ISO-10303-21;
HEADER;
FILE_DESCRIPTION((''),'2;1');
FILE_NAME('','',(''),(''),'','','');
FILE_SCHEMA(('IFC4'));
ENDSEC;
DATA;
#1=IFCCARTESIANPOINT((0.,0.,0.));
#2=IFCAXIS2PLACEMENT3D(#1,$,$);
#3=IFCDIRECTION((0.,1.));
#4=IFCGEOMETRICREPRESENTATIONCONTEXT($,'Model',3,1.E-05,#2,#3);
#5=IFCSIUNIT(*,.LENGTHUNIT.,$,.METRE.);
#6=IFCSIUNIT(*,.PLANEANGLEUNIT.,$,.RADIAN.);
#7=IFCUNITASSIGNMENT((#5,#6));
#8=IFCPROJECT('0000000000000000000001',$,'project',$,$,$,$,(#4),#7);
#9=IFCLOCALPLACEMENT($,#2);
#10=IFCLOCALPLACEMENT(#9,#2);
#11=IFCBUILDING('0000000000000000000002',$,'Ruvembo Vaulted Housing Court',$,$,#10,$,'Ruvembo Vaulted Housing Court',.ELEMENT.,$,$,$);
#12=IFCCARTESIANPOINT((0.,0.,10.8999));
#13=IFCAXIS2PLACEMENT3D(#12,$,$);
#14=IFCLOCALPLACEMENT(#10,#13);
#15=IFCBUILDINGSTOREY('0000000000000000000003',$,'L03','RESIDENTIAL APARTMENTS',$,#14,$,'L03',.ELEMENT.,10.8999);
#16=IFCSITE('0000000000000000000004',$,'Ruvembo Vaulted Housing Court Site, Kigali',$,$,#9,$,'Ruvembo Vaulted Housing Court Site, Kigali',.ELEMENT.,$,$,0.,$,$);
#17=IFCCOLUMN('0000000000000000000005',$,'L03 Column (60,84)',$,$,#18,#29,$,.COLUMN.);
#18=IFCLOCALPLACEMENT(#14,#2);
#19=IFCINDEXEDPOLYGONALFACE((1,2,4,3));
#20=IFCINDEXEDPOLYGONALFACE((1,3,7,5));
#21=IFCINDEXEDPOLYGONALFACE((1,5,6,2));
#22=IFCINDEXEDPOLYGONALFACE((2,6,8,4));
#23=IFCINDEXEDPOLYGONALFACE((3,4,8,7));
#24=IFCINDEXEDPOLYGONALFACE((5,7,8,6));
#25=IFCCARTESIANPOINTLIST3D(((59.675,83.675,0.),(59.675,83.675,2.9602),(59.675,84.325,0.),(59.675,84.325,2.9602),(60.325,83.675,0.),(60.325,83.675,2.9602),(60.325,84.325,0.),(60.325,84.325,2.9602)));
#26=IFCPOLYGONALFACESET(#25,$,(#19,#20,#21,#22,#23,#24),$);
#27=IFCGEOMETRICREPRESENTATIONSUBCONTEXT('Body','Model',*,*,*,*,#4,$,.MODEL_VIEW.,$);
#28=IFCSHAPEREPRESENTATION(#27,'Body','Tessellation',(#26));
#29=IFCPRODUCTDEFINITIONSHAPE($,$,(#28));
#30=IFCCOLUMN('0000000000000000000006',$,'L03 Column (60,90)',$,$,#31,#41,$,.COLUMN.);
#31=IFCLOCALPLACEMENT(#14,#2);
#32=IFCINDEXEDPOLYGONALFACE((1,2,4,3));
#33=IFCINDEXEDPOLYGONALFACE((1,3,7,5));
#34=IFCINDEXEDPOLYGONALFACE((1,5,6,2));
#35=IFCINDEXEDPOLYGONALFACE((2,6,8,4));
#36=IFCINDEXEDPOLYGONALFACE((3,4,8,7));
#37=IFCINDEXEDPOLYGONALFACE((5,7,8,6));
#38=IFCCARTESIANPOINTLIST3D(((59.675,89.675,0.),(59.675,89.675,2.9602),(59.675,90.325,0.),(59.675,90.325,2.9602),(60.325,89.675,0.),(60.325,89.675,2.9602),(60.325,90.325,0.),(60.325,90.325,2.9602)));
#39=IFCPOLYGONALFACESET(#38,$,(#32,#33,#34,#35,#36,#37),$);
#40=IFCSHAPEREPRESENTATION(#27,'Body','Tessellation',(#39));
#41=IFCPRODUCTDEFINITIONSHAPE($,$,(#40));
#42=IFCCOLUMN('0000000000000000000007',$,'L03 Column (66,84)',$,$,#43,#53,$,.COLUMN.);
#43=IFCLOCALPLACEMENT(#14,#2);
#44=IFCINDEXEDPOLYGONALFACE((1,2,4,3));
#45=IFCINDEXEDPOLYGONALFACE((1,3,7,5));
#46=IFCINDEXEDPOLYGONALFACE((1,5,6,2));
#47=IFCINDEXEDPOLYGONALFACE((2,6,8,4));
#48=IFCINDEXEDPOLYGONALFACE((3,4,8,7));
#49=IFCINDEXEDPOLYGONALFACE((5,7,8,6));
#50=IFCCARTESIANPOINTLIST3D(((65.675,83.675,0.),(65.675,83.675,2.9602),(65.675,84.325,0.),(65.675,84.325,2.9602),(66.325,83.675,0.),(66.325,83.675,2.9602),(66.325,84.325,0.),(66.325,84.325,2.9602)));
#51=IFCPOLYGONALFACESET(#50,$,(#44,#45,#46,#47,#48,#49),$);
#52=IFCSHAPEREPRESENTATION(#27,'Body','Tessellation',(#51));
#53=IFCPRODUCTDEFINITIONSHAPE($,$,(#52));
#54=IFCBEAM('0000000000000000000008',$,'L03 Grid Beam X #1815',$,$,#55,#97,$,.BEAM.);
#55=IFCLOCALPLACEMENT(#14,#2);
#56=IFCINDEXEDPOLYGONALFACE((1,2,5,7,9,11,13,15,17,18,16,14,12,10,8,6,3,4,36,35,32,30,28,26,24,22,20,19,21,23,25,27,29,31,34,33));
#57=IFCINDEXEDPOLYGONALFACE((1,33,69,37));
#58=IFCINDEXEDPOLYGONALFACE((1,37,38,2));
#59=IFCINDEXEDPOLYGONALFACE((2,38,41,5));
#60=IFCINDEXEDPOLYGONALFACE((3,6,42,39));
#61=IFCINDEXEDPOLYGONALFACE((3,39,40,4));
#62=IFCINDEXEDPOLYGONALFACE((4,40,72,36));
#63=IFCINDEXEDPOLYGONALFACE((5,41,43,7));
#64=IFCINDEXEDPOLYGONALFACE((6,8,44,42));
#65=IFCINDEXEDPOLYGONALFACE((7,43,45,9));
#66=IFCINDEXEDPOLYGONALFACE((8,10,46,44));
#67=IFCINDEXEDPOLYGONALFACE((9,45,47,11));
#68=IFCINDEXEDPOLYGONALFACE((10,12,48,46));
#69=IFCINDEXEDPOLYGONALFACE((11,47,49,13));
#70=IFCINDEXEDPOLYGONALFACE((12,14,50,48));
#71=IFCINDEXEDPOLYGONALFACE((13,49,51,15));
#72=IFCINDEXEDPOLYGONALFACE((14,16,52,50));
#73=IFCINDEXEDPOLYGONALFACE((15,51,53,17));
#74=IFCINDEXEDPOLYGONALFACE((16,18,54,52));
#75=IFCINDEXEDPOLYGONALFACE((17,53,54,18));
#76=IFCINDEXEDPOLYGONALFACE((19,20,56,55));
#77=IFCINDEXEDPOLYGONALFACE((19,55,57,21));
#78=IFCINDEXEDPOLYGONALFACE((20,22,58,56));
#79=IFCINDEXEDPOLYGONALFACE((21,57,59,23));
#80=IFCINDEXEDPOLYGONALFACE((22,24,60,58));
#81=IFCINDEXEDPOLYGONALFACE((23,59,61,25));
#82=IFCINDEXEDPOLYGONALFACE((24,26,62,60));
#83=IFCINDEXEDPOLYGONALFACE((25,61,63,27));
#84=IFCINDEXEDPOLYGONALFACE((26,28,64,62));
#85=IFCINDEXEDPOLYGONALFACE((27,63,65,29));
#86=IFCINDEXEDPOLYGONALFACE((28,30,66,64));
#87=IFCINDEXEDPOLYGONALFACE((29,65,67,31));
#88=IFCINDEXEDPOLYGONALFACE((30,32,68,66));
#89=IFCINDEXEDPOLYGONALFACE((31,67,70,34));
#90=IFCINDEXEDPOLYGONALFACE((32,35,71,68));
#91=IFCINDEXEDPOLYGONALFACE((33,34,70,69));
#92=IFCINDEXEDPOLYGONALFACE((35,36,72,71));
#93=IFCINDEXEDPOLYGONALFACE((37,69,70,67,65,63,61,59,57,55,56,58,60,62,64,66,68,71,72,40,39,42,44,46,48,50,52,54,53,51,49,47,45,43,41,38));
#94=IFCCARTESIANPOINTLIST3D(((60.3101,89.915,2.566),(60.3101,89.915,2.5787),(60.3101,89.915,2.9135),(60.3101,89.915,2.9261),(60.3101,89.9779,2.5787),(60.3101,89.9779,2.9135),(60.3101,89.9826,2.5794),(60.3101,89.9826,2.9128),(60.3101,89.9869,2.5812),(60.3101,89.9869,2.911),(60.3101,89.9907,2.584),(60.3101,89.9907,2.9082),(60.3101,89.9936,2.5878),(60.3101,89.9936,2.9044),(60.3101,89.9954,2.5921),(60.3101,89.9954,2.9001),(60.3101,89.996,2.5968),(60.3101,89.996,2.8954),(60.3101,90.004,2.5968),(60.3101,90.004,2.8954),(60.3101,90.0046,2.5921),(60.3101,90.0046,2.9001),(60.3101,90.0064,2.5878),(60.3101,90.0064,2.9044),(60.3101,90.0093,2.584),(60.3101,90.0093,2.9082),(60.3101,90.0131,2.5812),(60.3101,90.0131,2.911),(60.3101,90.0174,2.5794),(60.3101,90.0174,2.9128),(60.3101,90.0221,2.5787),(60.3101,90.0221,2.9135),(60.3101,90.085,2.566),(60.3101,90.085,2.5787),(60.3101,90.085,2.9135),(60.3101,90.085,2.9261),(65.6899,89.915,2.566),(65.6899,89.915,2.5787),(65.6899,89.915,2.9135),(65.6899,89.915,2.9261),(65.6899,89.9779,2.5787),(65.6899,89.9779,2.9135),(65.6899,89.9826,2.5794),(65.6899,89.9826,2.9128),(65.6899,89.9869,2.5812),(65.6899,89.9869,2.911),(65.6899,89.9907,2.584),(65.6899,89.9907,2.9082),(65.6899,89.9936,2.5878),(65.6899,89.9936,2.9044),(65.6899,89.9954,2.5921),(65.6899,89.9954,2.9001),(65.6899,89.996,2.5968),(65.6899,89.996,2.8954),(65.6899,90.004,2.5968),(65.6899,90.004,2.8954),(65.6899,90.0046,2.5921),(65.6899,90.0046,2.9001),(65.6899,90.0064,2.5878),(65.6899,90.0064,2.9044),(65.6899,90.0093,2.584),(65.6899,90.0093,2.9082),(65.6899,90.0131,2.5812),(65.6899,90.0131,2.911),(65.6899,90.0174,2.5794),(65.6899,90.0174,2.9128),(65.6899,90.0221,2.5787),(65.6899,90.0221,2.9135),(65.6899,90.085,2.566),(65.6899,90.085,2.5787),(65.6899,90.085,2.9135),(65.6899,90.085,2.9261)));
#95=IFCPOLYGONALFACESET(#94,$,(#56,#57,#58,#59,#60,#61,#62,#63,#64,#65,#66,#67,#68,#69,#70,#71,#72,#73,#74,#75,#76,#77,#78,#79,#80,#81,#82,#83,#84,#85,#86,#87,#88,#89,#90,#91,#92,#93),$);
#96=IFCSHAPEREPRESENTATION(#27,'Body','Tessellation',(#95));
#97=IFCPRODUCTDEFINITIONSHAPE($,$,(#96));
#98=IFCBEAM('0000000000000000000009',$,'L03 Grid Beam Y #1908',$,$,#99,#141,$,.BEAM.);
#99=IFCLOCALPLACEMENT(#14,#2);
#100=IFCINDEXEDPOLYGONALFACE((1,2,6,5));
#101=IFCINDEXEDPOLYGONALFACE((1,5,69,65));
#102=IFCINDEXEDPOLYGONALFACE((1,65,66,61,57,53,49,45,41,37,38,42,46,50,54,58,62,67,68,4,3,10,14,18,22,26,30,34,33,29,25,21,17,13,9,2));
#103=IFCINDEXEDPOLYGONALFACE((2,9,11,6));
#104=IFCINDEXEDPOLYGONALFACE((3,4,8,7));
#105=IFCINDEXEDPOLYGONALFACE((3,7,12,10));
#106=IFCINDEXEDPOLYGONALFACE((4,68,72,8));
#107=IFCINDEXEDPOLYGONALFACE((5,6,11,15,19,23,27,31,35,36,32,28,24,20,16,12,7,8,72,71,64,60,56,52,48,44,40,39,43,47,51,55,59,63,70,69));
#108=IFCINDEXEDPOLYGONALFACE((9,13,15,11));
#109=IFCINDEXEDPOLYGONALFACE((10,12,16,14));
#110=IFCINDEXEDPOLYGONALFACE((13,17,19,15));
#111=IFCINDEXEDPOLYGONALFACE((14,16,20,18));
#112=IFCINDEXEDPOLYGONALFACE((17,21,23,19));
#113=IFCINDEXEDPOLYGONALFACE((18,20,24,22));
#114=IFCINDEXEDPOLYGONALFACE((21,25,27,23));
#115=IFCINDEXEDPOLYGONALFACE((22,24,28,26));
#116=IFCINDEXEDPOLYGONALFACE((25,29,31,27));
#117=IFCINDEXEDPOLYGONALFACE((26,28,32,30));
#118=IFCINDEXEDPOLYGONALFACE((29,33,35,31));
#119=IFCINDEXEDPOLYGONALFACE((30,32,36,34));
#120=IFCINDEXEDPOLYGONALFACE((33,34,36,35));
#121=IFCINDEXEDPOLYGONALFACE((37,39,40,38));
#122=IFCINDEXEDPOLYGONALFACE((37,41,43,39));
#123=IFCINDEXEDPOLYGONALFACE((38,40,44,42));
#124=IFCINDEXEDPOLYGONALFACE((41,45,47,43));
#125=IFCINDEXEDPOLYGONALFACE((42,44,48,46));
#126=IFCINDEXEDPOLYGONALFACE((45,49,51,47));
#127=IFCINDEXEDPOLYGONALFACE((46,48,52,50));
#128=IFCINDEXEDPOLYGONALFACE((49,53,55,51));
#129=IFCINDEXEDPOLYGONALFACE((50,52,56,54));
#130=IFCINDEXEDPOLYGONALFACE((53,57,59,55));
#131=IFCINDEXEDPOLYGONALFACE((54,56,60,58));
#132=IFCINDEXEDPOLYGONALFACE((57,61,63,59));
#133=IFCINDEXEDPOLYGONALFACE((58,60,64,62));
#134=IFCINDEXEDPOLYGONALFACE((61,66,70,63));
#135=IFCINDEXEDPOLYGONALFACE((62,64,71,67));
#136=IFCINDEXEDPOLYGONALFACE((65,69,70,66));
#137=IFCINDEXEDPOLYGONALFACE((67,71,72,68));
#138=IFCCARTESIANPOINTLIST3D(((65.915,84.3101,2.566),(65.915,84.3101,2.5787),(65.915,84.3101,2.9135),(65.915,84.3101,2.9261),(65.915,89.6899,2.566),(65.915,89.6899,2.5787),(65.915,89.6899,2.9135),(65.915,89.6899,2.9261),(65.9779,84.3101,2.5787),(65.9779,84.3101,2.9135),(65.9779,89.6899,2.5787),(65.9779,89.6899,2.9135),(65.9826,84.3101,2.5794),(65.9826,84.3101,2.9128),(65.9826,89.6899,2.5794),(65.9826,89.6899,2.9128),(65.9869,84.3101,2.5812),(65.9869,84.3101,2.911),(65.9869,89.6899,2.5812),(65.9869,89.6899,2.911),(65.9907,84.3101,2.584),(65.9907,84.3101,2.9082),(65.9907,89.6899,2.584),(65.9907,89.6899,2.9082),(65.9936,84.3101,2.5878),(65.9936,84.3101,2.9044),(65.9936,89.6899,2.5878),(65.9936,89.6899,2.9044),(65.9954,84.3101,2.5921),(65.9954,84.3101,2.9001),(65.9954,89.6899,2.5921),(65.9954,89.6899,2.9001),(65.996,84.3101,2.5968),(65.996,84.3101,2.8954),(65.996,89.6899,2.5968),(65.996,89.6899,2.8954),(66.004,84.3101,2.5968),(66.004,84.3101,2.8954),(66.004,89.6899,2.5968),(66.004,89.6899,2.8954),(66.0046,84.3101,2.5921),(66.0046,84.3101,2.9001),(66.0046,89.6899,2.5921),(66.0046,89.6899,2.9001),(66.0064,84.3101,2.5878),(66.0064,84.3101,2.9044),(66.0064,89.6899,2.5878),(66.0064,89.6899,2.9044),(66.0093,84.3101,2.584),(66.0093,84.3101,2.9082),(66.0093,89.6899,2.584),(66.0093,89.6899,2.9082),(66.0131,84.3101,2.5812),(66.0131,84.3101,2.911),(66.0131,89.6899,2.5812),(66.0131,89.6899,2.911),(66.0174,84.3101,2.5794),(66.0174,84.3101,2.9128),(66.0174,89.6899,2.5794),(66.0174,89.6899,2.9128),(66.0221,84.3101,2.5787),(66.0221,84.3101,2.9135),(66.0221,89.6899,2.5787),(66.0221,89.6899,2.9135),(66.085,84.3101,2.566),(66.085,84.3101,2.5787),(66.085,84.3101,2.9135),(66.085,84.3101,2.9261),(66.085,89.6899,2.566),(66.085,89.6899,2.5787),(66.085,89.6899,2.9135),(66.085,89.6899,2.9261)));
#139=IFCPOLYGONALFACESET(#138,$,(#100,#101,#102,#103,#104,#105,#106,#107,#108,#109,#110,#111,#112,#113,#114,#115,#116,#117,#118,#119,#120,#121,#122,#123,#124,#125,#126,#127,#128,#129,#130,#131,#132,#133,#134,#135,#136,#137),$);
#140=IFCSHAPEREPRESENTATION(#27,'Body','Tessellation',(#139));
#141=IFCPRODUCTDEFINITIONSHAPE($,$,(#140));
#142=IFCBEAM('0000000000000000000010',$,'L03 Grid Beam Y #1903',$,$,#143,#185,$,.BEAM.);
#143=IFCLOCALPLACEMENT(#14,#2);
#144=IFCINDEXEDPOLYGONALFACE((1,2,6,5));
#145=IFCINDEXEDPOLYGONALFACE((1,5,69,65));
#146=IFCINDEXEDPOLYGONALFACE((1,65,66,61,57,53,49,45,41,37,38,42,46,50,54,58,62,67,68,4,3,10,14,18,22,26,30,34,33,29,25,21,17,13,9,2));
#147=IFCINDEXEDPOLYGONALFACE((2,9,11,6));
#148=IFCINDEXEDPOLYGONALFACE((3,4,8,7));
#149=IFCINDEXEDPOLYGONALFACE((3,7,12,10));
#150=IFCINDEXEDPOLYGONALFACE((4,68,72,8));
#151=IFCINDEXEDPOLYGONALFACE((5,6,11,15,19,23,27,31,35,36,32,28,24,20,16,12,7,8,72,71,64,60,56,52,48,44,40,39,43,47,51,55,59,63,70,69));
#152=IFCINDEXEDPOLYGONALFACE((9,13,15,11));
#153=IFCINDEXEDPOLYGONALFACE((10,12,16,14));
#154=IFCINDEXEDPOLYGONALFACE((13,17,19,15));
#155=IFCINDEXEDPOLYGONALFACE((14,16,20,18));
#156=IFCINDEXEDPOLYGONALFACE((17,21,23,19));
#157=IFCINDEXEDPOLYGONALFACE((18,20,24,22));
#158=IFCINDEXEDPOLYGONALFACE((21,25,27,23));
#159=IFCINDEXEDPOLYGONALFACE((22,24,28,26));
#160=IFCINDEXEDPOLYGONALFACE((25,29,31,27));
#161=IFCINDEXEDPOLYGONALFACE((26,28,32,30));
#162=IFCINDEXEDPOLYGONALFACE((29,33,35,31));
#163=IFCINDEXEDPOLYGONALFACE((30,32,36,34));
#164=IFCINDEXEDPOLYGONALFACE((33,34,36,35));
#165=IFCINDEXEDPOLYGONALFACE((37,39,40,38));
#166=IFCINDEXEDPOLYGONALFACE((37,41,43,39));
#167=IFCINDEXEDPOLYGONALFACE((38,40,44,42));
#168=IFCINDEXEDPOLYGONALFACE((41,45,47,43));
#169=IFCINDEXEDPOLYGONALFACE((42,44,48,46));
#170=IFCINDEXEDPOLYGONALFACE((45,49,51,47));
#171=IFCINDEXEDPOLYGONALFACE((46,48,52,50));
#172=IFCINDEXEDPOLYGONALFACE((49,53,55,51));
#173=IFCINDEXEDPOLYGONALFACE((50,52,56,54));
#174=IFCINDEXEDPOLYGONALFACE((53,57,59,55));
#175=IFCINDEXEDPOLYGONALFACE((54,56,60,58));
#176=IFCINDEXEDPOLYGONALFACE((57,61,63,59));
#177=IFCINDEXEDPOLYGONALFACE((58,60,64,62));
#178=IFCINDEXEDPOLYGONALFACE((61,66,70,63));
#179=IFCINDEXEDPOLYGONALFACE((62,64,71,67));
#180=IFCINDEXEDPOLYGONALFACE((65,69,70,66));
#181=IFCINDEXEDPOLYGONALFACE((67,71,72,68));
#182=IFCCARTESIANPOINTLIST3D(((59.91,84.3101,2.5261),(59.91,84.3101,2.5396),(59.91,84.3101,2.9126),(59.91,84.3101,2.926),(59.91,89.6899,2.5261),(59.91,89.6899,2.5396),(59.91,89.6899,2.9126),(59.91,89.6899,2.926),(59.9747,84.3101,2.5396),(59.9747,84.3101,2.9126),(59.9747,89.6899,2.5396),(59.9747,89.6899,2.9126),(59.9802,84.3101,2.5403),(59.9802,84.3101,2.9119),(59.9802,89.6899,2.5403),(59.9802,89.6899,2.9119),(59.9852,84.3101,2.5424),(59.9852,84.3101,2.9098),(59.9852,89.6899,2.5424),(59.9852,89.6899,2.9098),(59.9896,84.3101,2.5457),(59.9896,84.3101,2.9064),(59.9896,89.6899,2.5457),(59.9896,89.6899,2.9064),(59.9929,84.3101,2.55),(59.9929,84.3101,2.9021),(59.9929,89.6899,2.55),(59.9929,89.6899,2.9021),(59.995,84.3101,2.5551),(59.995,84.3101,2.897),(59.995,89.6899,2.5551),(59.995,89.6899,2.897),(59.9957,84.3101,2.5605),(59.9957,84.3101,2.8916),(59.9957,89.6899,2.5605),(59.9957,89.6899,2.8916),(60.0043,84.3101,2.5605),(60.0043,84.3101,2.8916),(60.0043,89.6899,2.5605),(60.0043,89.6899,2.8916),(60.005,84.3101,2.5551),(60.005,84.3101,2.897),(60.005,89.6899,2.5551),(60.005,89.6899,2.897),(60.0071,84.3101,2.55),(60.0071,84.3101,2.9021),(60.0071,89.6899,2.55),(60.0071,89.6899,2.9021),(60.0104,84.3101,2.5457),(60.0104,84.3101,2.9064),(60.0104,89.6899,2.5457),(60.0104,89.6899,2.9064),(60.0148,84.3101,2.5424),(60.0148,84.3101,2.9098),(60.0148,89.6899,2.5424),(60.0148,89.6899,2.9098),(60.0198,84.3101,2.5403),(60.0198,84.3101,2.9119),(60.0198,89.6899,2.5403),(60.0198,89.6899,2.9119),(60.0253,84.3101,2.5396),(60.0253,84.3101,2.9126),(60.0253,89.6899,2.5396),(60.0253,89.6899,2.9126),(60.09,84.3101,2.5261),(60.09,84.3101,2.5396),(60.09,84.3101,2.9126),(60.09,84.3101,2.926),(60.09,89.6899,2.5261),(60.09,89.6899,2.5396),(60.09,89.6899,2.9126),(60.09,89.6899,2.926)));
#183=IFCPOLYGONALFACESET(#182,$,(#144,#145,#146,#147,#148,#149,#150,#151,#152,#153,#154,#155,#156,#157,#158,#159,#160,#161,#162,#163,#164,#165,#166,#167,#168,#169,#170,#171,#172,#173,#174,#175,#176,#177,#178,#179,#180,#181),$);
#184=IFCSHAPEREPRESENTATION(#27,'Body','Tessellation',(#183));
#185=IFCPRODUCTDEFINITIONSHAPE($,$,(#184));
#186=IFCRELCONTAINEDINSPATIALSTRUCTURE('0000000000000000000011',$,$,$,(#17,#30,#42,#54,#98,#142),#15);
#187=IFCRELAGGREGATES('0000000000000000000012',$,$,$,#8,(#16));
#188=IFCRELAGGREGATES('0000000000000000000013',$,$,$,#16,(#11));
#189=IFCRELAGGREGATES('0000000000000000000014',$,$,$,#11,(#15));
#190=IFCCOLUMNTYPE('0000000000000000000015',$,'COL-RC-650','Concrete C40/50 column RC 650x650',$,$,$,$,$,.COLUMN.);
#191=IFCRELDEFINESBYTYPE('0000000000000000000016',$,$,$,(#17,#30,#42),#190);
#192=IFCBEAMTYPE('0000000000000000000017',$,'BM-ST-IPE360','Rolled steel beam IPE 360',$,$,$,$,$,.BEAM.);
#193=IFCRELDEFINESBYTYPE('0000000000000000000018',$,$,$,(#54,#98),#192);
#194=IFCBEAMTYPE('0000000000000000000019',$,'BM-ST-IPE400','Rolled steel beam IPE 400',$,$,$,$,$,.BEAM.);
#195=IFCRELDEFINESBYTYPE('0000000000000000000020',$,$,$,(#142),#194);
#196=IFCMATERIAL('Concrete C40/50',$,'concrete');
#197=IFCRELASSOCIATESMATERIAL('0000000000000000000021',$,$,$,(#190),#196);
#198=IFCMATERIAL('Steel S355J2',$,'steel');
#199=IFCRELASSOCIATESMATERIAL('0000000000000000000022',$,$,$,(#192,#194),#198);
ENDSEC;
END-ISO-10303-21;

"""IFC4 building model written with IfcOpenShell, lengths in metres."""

from ifc_helpers import new_model, si_unit, direction, frame, origin, origin_2d, place, context, subcontext, project, spatial, rectangle, i_section, extrude, material, material_profile, profile_set, type_object, element, save


model = new_model("IFC4")

# Units and contexts
model_context = context("Model", 3, precision=1e-05, world=origin(), true_north=direction((0.0, 1.0)))
body_context = subcontext(model_context, "Body", "Model", "MODEL_VIEW")
ifc_project = project(units=[si_unit("LENGTHUNIT", "METRE"), si_unit("PLANEANGLEUNIT", "RADIAN")], contexts=[model_context])

# Site, building, storey
site_placement = place(None, origin())
site = spatial("IfcSite", under=ifc_project, at=site_placement, Name="Ruvembo Vaulted Housing Court Site, Kigali", LongName="Ruvembo Vaulted Housing Court Site, Kigali", CompositionType="ELEMENT", RefElevation=0.0)
building_placement = place(site_placement, origin())
building = spatial("IfcBuilding", under=site, at=building_placement, Name="Ruvembo Vaulted Housing Court", LongName="Ruvembo Vaulted Housing Court", CompositionType="ELEMENT")
storey_placement = place(building_placement, frame((0.0, 0.0, 10.8999)))
storey = spatial("IfcBuildingStorey", under=building, at=storey_placement, Name="L03", Description="RESIDENTIAL APARTMENTS", LongName="L03", CompositionType="ELEMENT", Elevation=10.8999)

# Columns
ifc_material_1 = material(Name="Concrete C40/50", Category="concrete")
ifc_material_profile_1 = material_profile(ifc_material_1, rectangle(XDim=0.6499, YDim=0.6499, at=origin_2d()), Name="RC 650x650")
ifc_profile_set_1 = profile_set([ifc_material_profile_1], Name="Concrete C40/50")
column_type = type_object("IfcColumnType", Name="COL-RC-650", Description="Concrete C40/50 column RC 650x650", PredefinedType="COLUMN", material=ifc_profile_set_1)
for number, where, z_axis, x_axis, name in (
    (1, (60.0, 84.0, 0.0), (0.0, 0.0, 1.0), (1.0, 0.0, 0.0), "L03 Column (60,84)"),
    (2, (60.0, 90.0, 0.0), (0.0, 0.0, 1.0), (1.0, 0.0, 0.0), "L03 Column (60,90)"),
    (3, (66.0, 84.0, 0.0), (0.0, 0.0, 1.0), (1.0, 0.0, 0.0), "L03 Column (66,84)"),
):
    element("IfcColumn", number, at=place(storey_placement, frame(where, z_axis=z_axis, x_axis=x_axis)), inside=storey, type_object=column_type, Name=name, PredefinedType="COLUMN", context=body_context, shape_type="SweptSolid", body=[
        extrude(rectangle(XDim=0.6499, YDim=0.6499, at=origin_2d()), origin(), (0.0, 0.0, 1.0), 2.9602),
    ])

# Beams
ifc_material_2 = material(Name="Steel S355J2", Category="steel")
ifc_material_profile_2 = material_profile(ifc_material_2, i_section(OverallWidth=0.1699, OverallDepth=0.3601, WebThickness=0.0081, FlangeThickness=0.0127, FilletRadius=0.0181, at=origin_2d()), Name="IPE 360")
ifc_profile_set_2 = profile_set([ifc_material_profile_2], Name="Steel S355J2")
beam_type_1 = type_object("IfcBeamType", Name="BM-ST-IPE360", Description="Rolled steel beam IPE 360", PredefinedType="BEAM", material=ifc_profile_set_2)
for number, where, z_axis, x_axis, name in (
    (4, (60.3101, 90.0, 2.7461), (1.0, 0.0, 0.0), (0.0, 1.0, 0.0), "L03 Grid Beam X #1815"),
    (5, (66.0, 84.3101, 2.7461), (0.0, 1.0, 0.0), (-1.0, 0.0, 0.0), "L03 Grid Beam Y #1908"),
):
    element("IfcBeam", number, at=place(storey_placement, frame(where, z_axis=z_axis, x_axis=x_axis)), inside=storey, type_object=beam_type_1, Name=name, PredefinedType="BEAM", context=body_context, shape_type="SweptSolid", body=[
        extrude(i_section(OverallWidth=0.1699, OverallDepth=0.3601, WebThickness=0.0081, FlangeThickness=0.0127, FilletRadius=0.0181, at=origin_2d()), origin(), (0.0, 0.0, 1.0), 5.3799),
    ])
ifc_material_profile_3 = material_profile(ifc_material_2, i_section(OverallWidth=0.1799, OverallDepth=0.3999, WebThickness=0.0085, FlangeThickness=0.0134, FilletRadius=0.021, at=origin_2d()), Name="IPE 400")
ifc_profile_set_3 = profile_set([ifc_material_profile_3], Name="Steel S355J2")
beam_type_2 = type_object("IfcBeamType", Name="BM-ST-IPE400", Description="Rolled steel beam IPE 400", PredefinedType="BEAM", material=ifc_profile_set_3)
beam_1_placement = place(storey_placement, frame((60.0, 84.3101, 2.7261), z_axis=(0.0, 1.0, 0.0), x_axis=(-1.0, 0.0, 0.0)))
element("IfcBeam", 6, at=beam_1_placement, inside=storey, type_object=beam_type_2, Name="L03 Grid Beam Y #1903", PredefinedType="BEAM", context=body_context, shape_type="SweptSolid", body=[
    extrude(i_section(OverallWidth=0.1799, OverallDepth=0.3999, WebThickness=0.0085, FlangeThickness=0.0134, FilletRadius=0.021, at=origin_2d()), origin(), (0.0, 0.0, 1.0), 5.3799),
])

save(model, "model.ifc")
